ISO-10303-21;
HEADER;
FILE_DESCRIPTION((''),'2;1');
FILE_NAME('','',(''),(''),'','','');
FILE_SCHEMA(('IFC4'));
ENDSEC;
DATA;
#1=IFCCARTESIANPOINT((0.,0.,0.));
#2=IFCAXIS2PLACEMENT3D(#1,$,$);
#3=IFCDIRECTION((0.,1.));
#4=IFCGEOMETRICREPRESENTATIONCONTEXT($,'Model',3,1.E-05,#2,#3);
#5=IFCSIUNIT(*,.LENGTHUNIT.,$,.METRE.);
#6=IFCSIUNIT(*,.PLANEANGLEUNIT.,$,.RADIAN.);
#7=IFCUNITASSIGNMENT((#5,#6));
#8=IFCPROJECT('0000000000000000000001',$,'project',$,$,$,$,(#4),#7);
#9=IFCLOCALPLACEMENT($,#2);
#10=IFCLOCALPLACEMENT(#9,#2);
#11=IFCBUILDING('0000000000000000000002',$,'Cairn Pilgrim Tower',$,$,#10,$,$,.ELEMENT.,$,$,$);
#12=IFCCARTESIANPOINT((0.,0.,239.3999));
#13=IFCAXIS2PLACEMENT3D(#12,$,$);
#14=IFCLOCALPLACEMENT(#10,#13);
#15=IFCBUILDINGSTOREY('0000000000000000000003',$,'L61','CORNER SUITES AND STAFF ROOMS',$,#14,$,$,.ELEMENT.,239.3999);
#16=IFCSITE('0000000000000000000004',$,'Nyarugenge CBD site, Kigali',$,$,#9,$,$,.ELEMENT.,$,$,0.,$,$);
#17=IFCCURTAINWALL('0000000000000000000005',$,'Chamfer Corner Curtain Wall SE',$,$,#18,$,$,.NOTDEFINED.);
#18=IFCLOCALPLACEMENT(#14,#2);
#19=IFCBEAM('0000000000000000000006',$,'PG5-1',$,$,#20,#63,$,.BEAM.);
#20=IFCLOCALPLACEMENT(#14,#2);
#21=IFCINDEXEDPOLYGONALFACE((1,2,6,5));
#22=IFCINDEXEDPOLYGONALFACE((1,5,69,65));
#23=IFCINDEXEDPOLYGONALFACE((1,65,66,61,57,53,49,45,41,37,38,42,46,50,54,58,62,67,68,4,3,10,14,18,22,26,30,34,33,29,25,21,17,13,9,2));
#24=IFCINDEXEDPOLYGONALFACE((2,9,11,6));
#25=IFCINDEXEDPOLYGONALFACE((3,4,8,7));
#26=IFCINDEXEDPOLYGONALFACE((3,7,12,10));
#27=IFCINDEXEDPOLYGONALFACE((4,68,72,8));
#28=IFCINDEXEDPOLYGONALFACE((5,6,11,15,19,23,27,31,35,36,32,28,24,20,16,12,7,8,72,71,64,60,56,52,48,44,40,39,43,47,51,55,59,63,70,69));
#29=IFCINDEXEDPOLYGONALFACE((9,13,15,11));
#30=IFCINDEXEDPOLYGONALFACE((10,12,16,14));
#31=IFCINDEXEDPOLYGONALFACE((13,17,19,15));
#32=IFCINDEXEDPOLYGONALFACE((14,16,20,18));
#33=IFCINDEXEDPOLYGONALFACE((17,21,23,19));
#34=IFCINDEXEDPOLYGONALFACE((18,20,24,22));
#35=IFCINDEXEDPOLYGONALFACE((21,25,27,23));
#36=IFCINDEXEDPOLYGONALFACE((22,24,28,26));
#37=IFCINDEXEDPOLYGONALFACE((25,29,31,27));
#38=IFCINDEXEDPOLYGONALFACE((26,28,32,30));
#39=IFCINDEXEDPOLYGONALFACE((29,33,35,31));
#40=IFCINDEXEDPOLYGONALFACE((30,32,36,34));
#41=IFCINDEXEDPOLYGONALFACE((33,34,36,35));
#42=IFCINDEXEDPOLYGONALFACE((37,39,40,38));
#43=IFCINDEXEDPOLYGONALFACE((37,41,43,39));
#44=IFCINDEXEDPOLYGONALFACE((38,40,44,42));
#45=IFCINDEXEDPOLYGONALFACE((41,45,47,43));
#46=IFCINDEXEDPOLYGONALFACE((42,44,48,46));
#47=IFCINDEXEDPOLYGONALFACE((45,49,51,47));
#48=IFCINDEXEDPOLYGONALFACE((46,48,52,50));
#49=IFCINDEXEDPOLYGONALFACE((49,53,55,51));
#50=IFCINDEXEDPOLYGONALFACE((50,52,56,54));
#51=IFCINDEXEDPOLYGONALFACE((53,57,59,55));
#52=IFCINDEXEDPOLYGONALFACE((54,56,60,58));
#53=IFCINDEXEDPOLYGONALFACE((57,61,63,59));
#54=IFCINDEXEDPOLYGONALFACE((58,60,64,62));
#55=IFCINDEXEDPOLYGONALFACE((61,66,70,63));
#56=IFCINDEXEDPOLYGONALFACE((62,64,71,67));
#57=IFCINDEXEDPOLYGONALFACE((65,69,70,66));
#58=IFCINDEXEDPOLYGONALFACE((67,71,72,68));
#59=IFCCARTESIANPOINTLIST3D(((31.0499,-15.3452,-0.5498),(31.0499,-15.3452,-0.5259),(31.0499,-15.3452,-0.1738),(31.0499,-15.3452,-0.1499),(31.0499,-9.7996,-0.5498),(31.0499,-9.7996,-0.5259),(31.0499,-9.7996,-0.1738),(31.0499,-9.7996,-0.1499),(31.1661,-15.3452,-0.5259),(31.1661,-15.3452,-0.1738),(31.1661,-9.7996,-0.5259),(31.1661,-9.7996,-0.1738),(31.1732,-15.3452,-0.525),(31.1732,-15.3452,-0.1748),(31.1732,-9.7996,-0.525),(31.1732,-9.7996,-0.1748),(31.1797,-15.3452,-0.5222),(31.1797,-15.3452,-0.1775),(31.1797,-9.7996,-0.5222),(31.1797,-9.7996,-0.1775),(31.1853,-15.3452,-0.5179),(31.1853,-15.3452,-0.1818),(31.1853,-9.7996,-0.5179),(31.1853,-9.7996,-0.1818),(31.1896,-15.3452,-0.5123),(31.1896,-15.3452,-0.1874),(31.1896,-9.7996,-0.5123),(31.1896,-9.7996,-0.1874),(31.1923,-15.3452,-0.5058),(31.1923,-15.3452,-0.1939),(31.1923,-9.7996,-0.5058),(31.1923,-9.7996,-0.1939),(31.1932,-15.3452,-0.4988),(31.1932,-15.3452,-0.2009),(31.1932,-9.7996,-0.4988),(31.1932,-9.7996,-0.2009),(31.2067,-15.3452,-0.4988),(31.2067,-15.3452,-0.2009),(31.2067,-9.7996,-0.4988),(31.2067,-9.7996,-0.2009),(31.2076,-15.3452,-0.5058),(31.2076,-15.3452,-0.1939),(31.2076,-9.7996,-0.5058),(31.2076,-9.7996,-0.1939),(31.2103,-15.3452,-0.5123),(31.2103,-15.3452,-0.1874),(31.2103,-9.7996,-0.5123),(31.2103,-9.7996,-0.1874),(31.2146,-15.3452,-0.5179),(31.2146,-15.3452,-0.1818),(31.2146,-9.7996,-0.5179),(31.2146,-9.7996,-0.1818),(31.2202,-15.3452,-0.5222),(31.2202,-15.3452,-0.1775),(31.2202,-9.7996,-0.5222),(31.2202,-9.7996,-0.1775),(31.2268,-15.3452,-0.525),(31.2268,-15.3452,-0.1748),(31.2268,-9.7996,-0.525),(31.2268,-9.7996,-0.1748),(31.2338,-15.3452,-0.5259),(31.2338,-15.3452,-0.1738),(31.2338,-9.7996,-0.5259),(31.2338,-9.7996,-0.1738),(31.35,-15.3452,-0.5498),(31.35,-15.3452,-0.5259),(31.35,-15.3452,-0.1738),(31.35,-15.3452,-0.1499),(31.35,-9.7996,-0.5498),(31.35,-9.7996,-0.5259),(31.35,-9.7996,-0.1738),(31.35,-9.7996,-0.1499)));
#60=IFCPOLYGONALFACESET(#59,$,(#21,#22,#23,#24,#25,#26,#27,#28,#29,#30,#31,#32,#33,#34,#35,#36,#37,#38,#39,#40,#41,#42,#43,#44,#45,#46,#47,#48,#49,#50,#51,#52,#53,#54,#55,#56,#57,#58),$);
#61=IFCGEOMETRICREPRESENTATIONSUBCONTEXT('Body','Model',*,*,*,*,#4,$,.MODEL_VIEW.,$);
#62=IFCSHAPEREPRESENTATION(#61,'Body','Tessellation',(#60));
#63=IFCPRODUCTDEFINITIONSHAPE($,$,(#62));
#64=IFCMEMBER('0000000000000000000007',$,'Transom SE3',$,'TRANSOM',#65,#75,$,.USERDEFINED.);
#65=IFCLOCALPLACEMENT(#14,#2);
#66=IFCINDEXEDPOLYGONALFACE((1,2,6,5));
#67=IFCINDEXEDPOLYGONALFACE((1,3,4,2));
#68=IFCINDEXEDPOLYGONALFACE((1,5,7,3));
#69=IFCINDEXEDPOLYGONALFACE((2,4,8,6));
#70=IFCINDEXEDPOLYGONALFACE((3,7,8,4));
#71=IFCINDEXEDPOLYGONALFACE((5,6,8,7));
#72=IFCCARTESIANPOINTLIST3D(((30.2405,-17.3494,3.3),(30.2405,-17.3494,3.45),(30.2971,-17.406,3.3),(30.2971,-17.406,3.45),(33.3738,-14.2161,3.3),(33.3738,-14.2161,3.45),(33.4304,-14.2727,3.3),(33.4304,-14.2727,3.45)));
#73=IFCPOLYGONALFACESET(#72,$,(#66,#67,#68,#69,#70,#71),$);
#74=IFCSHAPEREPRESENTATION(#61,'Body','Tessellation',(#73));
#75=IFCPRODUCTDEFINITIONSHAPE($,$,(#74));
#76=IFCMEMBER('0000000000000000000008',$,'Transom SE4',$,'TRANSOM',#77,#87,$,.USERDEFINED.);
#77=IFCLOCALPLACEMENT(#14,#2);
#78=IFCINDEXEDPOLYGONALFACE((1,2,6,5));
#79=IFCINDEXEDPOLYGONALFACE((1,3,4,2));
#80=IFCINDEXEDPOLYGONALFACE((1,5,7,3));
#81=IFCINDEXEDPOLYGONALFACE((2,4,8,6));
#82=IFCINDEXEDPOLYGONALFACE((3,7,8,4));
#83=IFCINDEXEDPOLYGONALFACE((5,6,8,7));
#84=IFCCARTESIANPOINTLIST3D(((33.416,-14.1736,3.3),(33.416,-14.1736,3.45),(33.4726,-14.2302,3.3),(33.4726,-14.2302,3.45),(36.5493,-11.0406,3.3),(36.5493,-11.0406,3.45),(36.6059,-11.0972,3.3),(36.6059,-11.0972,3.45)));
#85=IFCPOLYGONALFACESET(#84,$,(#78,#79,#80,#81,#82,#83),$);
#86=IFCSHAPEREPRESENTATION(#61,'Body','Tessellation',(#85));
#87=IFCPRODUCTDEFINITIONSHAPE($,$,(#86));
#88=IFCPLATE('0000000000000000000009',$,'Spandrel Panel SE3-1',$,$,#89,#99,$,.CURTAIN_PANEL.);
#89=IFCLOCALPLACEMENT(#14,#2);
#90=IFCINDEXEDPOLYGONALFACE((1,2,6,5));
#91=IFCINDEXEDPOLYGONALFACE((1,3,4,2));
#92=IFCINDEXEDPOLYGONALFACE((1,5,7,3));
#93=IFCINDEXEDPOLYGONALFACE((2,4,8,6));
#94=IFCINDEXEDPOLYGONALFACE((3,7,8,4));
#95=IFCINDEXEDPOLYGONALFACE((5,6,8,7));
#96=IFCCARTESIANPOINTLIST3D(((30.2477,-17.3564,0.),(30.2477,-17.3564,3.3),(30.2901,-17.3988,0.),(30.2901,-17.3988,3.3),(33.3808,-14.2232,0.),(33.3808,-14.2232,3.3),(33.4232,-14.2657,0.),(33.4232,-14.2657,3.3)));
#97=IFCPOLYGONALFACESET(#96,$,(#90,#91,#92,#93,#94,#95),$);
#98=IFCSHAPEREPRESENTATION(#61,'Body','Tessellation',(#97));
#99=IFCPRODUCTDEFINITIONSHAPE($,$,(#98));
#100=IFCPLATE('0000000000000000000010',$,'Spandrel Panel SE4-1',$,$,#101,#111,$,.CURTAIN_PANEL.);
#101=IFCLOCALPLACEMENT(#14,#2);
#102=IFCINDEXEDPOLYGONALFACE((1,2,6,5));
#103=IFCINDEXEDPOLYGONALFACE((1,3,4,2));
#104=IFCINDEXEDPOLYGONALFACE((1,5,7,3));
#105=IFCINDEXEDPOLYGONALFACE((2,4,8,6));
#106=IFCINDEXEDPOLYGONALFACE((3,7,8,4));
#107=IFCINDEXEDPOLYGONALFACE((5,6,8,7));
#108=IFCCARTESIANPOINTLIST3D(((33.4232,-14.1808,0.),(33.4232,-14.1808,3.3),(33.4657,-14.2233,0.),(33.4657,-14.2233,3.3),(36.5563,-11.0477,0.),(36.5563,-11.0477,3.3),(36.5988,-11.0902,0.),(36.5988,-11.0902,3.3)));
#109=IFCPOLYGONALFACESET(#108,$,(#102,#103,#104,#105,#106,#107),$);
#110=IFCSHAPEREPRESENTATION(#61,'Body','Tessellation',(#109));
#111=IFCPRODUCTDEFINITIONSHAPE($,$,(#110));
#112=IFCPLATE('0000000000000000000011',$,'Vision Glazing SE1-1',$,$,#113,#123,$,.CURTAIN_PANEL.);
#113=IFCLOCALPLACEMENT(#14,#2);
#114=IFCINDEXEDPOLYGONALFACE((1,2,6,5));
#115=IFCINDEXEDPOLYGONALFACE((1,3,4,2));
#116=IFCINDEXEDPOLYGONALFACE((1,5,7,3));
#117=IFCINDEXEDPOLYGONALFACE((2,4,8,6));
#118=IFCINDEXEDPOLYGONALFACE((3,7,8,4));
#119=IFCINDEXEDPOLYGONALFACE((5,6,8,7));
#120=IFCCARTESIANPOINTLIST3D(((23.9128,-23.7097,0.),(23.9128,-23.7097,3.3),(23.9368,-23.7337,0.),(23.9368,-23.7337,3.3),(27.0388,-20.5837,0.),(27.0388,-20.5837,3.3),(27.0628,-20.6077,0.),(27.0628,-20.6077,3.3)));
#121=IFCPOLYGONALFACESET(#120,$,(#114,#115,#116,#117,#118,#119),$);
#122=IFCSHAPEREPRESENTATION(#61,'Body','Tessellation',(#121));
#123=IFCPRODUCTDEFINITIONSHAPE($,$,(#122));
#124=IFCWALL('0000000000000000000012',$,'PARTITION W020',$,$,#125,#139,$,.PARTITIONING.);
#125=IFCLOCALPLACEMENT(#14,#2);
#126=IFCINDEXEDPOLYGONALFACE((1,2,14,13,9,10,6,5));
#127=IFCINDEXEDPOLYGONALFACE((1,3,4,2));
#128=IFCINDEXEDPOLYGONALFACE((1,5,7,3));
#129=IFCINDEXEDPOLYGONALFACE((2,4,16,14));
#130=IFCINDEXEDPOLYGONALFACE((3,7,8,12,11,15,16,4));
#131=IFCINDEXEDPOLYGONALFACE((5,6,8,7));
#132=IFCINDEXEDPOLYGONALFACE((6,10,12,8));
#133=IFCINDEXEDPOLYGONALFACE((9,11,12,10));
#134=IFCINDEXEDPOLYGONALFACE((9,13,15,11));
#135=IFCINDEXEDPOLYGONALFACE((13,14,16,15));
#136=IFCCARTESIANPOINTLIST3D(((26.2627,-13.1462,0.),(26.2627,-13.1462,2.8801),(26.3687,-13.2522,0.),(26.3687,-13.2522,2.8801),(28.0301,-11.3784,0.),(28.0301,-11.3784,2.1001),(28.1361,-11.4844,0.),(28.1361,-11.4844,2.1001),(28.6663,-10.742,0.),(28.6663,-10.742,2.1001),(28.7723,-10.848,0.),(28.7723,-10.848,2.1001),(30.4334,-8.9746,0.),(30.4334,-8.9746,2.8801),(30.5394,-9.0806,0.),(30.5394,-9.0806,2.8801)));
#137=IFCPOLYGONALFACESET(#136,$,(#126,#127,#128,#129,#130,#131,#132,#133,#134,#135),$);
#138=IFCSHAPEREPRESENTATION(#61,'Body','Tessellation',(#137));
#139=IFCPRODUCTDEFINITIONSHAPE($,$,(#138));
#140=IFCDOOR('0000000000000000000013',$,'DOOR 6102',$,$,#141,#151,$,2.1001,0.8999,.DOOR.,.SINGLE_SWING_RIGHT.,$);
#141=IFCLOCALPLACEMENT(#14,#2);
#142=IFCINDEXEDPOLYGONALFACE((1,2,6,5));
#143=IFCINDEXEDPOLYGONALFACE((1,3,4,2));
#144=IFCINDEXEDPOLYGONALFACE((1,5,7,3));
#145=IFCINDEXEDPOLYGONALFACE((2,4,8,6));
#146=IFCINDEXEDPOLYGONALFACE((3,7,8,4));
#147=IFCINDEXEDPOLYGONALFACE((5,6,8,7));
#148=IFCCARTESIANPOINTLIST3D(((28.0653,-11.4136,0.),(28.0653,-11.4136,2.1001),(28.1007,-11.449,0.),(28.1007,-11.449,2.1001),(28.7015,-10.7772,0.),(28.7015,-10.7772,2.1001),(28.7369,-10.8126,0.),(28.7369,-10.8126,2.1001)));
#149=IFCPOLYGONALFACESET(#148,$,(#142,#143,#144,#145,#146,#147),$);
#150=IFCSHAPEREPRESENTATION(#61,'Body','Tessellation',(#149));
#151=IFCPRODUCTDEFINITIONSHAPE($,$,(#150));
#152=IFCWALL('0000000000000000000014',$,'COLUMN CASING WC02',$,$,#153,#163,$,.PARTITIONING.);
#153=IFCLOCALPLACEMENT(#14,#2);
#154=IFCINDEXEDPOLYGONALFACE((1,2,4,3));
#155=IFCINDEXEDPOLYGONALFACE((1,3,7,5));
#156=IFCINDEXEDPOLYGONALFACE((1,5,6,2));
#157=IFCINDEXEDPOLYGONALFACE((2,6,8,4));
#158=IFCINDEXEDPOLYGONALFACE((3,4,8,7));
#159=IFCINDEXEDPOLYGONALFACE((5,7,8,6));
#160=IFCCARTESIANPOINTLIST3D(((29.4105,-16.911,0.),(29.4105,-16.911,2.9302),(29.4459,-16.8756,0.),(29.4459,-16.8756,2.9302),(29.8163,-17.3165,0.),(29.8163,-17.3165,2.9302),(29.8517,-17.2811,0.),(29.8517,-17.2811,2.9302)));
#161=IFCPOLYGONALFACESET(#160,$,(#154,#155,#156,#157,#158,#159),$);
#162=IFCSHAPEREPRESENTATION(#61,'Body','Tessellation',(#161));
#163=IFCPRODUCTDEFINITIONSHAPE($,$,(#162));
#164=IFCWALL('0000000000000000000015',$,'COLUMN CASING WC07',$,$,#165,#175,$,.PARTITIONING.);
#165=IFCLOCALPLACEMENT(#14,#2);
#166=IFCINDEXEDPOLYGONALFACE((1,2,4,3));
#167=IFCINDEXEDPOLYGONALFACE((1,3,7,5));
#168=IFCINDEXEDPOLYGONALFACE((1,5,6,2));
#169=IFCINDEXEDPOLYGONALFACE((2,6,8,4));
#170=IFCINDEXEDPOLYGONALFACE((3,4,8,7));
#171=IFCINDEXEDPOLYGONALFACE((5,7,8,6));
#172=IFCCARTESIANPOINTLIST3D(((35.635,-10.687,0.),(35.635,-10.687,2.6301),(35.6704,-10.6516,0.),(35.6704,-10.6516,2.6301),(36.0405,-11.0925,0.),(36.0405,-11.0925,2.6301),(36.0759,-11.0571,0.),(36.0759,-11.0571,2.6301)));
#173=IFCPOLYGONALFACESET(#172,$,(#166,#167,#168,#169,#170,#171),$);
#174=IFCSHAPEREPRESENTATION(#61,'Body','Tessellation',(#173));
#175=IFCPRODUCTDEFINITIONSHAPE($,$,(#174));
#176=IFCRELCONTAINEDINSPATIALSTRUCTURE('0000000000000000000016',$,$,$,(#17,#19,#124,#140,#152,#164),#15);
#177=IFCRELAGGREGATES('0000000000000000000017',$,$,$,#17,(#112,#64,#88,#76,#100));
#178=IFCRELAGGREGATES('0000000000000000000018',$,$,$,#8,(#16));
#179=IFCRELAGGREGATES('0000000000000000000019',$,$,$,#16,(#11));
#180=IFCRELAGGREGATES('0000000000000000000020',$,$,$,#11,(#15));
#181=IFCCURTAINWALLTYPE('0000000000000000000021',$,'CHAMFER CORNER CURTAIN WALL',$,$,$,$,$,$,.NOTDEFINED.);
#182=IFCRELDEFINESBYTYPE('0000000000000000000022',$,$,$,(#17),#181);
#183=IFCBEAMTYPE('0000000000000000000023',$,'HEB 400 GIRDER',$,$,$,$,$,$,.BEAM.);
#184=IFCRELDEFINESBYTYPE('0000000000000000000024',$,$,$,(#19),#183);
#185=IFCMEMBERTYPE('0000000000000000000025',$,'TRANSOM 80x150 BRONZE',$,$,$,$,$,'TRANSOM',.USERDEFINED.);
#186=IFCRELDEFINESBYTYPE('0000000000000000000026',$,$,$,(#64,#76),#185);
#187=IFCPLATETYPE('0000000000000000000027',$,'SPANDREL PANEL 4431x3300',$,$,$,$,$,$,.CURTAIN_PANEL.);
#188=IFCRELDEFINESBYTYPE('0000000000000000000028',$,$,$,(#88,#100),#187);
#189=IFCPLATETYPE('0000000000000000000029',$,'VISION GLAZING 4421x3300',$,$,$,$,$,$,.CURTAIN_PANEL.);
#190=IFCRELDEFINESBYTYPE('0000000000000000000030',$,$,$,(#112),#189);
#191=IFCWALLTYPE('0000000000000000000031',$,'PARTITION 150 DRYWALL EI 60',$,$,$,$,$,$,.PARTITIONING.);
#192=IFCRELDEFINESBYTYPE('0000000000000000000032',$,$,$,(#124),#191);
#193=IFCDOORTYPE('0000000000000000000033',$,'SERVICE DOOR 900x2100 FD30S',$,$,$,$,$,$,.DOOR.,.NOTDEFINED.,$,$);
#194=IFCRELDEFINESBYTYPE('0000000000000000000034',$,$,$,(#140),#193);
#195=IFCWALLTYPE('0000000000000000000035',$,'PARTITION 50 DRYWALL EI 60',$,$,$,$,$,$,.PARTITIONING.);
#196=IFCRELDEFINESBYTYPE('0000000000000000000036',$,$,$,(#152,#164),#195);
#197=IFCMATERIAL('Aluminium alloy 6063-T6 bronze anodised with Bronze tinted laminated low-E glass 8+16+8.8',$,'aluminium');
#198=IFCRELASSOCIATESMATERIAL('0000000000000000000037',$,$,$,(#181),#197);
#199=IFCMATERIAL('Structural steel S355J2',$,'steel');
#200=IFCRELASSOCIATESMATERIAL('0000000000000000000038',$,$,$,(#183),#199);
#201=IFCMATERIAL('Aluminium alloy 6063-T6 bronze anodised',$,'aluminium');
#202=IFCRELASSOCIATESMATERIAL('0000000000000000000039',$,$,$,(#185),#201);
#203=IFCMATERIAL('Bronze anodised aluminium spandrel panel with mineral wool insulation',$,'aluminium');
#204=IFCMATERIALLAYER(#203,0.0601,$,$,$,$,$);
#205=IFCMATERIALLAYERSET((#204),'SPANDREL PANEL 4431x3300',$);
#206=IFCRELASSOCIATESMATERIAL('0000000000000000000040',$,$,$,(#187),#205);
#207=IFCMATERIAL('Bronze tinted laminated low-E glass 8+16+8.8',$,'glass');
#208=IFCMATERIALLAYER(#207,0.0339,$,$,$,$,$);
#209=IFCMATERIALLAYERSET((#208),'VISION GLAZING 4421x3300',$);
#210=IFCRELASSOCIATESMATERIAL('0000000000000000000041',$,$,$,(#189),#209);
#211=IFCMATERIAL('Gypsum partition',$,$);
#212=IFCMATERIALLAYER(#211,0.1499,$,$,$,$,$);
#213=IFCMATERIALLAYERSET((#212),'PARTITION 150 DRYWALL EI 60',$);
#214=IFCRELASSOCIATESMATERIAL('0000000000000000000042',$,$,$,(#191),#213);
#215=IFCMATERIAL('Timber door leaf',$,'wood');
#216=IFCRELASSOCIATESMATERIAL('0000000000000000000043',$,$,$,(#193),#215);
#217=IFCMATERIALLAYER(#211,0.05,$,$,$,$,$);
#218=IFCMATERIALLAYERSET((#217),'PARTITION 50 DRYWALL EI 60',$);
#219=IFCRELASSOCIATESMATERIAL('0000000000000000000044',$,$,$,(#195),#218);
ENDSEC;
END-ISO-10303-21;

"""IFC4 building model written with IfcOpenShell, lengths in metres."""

from ifc_helpers import new_model, si_unit, direction, frame, frame_2d, origin, origin_2d, place, context, subcontext, project, spatial, rectangle, i_section, extrude, material, layer, layer_set, material_profile, profile_set, type_object, element, fill, aggregate, save


model = new_model("IFC4")

# Units and contexts
model_context = context("Model", 3, precision=1e-05, world=origin(), true_north=direction((0.0, 1.0)))
body_context = subcontext(model_context, "Body", "Model", "MODEL_VIEW")
ifc_project = project(units=[si_unit("LENGTHUNIT", "METRE"), si_unit("PLANEANGLEUNIT", "RADIAN")], contexts=[model_context])

# Site, building, storey
site_placement = place(None, origin())
site = spatial("IfcSite", under=ifc_project, at=site_placement, Name="Nyarugenge CBD site, Kigali", CompositionType="ELEMENT", RefElevation=0.0)
building_placement = place(site_placement, origin())
building = spatial("IfcBuilding", under=site, at=building_placement, Name="Cairn Pilgrim Tower", CompositionType="ELEMENT")
storey_placement = place(building_placement, frame((0.0, 0.0, 239.3999)))
storey = spatial("IfcBuildingStorey", under=building, at=storey_placement, Name="L61", Description="CORNER SUITES AND STAFF ROOMS", CompositionType="ELEMENT", Elevation=239.3999)

# Shared definitions
ifc_material_1 = material(Name="Structural steel S355J2", Category="steel")

# Curtain wall
ifc_material_2 = material(Name="Aluminium alloy 6063-T6 bronze anodised with Bronze tinted laminated low-E glass 8+16+8.8", Category="aluminium")
curtain_wall_type = type_object("IfcCurtainWallType", Name="CHAMFER CORNER CURTAIN WALL", PredefinedType="NOTDEFINED", material=ifc_material_2)
curtain_wall_placement = place(storey_placement, origin())
curtain_wall = element("IfcCurtainWall", 1, at=curtain_wall_placement, inside=storey, type_object=curtain_wall_type, Name="Chamfer Corner Curtain Wall SE", PredefinedType="NOTDEFINED")
ifc_material_3 = material(Name="Aluminium alloy 6063-T6 bronze anodised", Category="aluminium")

# Beam
ifc_material_profile_1 = material_profile(ifc_material_1, i_section(OverallWidth=0.3, OverallDepth=0.3999, WebThickness=0.0134, FlangeThickness=0.0239, FilletRadius=0.0271, at=origin_2d()), Name="HEB 400")
ifc_profile_set_1 = profile_set([ifc_material_profile_1], Name="Structural steel S355J2")
beam_type_1 = type_object("IfcBeamType", Name="HEB 400 GIRDER", PredefinedType="BEAM", material=ifc_profile_set_1)
beam_placement = place(storey_placement, frame((31.2, -15.3452, -0.3499), z_axis=(0.0, 1.0, 0.0), x_axis=(-1.0, 0.0, 0.0)))
element("IfcBeam", 2, at=beam_placement, inside=storey, type_object=beam_type_1, Name="PG5-1", PredefinedType="BEAM", context=body_context, shape_type="SweptSolid", body=[
    extrude(i_section(OverallWidth=0.3, OverallDepth=0.3999, WebThickness=0.0134, FlangeThickness=0.0239, FilletRadius=0.0271, at=origin_2d()), origin(), (0.0, 0.0, 1.0), 5.5457),
])

# Members
ifc_material_profile_2 = material_profile(ifc_material_3, rectangle(XDim=0.0801, YDim=0.1499, at=origin_2d()), Name="TRANSOM 80x150 BRONZE")
ifc_profile_set_2 = profile_set([ifc_material_profile_2], Name="Aluminium alloy 6063-T6 bronze anodised")
member_type_1 = type_object("IfcMemberType", Name="TRANSOM 80x150 BRONZE", ElementType="TRANSOM", PredefinedType="USERDEFINED", material=ifc_profile_set_2)
member_1_placement = place(storey_placement, frame((30.2688, -17.3777, 3.375), z_axis=(0.707107, 0.707107, 0.0), x_axis=(-0.707107, 0.707107, 0.0)))
member_1 = element("IfcMember", 3, at=member_1_placement, type_object=member_type_1, Name="Transom SE3", ObjectType="TRANSOM", PredefinedType="USERDEFINED", context=body_context, shape_type="SweptSolid", body=[
    extrude(rectangle(XDim=0.0801, YDim=0.1499, at=origin_2d()), origin(), (0.0, 0.0, 1.0), 4.4312),
])
member_2_placement = place(storey_placement, frame((33.4443, -14.2019, 3.375), z_axis=(0.707134, 0.707079, 0.0), x_axis=(-0.707079, 0.707134, 0.0)))
member_2 = element("IfcMember", 4, at=member_2_placement, type_object=member_type_1, Name="Transom SE4", ObjectType="TRANSOM", PredefinedType="USERDEFINED", context=body_context, shape_type="SweptSolid", body=[
    extrude(rectangle(XDim=0.0801, YDim=0.1499, at=origin_2d()), origin(), (0.0, 0.0, 1.0), 4.4309),
])

# Plates
ifc_material_4 = material(Name="Bronze anodised aluminium spandrel panel with mineral wool insulation", Category="aluminium")
ifc_layer_1 = layer(ifc_material_4, 0.0601)
ifc_layer_set_1 = layer_set([ifc_layer_1], Name="SPANDREL PANEL 4431x3300")
plate_type_1 = type_object("IfcPlateType", Name="SPANDREL PANEL 4431x3300", PredefinedType="CURTAIN_PANEL", material=ifc_layer_set_1)
plate_1_placement = place(storey_placement, frame((31.8354, -15.811, 0.0), z_axis=(0.0, 0.0, 1.0), x_axis=(0.707107, 0.707107, 0.0)))
plate_1 = element("IfcPlate", 5, at=plate_1_placement, type_object=plate_type_1, Name="Spandrel Panel SE3-1", PredefinedType="CURTAIN_PANEL", context=body_context, shape_type="SweptSolid", body=[
    extrude(rectangle(XDim=4.4309, YDim=0.0601, at=origin_2d()), origin(), (0.0, 0.0, 1.0), 3.3),
])
plate_2_placement = place(storey_placement, frame((35.011, -12.6355, 0.0), z_axis=(0.0, 0.0, 1.0), x_axis=(0.707107, 0.707107, 0.0)))
plate_2 = element("IfcPlate", 6, at=plate_2_placement, type_object=plate_type_1, Name="Spandrel Panel SE4-1", PredefinedType="CURTAIN_PANEL", context=body_context, shape_type="SweptSolid", body=[
    extrude(rectangle(XDim=4.4309, YDim=0.0601, at=origin_2d()), origin(), (0.0, 0.0, 1.0), 3.3),
])
ifc_material_5 = material(Name="Bronze tinted laminated low-E glass 8+16+8.8", Category="glass")
ifc_layer_2 = layer(ifc_material_5, 0.0339)
ifc_layer_set_2 = layer_set([ifc_layer_2], Name="VISION GLAZING 4421x3300")
plate_type_2 = type_object("IfcPlateType", Name="VISION GLAZING 4421x3300", PredefinedType="CURTAIN_PANEL", material=ifc_layer_set_2)
plate_3_placement = place(storey_placement, frame((25.4878, -22.1587, 0.0), z_axis=(0.0, 0.0, 1.0), x_axis=(0.707107, 0.707107, 0.0)))
plate_3 = element("IfcPlate", 7, at=plate_3_placement, type_object=plate_type_2, Name="Vision Glazing SE1-1", PredefinedType="CURTAIN_PANEL", context=body_context, shape_type="SweptSolid", body=[
    extrude(rectangle(XDim=4.4209, YDim=0.0339, at=origin_2d()), origin(), (0.0, 0.0, 1.0), 3.3),
])
aggregate(curtain_wall, [plate_3, member_1, plate_1, member_2, plate_2])

# Wall, opening, door
ifc_material_6 = material(Name="Gypsum partition")
ifc_layer_3 = layer(ifc_material_6, 0.1499)
ifc_layer_set_3 = layer_set([ifc_layer_3], Name="PARTITION 150 DRYWALL EI 60")
wall_type_1 = type_object("IfcWallType", Name="PARTITION 150 DRYWALL EI 60", PredefinedType="PARTITIONING", material=ifc_layer_set_3)
wall_1_placement = place(storey_placement, frame((26.3157, -13.1992, 0.0), z_axis=(0.0, 0.0, 1.0), x_axis=(0.707024, 0.70719, 0.0)))
wall_1 = element("IfcWall", 8, at=wall_1_placement, inside=storey, type_object=wall_type_1, Name="PARTITION W020", PredefinedType="PARTITIONING", context=body_context, shape_type="SweptSolid", body=[
    extrude(rectangle(XDim=5.8989, YDim=0.1499, at=frame_2d((2.9495, 0.0))), origin(), (0.0, 0.0, 1.0), 2.8801),
])
opening_1_placement = place(wall_1_placement, frame((2.4998, 0.0, 0.0)))
opening_1 = element("IfcOpeningElement", 9, at=opening_1_placement, cuts=wall_1, PredefinedType="OPENING", context=body_context, shape_type="SweptSolid", body=[
    extrude(rectangle(XDim=0.8999, YDim=2.1001, at=frame_2d((0.45, 1.05))), frame((0.0, 0.085, 0.0), z_axis=(0.0, -1.0, 0.0), x_axis=(1.0, 0.0, 0.0)), (0.0, 0.0, 1.0), 0.1699),
])
ifc_material_7 = material(Name="Timber door leaf", Category="wood")
door_type_1 = type_object("IfcDoorType", Name="SERVICE DOOR 900x2100 FD30S", OperationType="NOTDEFINED", PredefinedType="DOOR", material=ifc_material_7)
door_1_placement = place(opening_1_placement, frame((0.8999, 0.0, 0.0), z_axis=(0.0, 0.0, 1.0), x_axis=(-1.0, 0.0, 0.0)))
door_1 = element("IfcDoor", 10, at=door_1_placement, inside=storey, type_object=door_type_1, Name="DOOR 6102", OperationType="SINGLE_SWING_RIGHT", OverallHeight=2.1001, OverallWidth=0.8999, PredefinedType="DOOR", context=body_context, shape_type="SweptSolid", body=[
    extrude(rectangle(XDim=0.8999, YDim=2.1001, at=frame_2d((0.45, 1.05))), frame((0.0, 0.0249, 0.0), z_axis=(0.0, -1.0, 0.0), x_axis=(1.0, 0.0, 0.0)), (0.0, 0.0, 1.0), 0.05),
])
fill(opening_1, door_1)

# Walls
ifc_layer_4 = layer(ifc_material_6, 0.05)
ifc_layer_set_4 = layer_set([ifc_layer_4], Name="PARTITION 50 DRYWALL EI 60")
wall_type_2 = type_object("IfcWallType", Name="PARTITION 50 DRYWALL EI 60", PredefinedType="PARTITIONING", material=ifc_layer_set_4)
wall_2_placement = place(storey_placement, frame((29.834, -17.2988, 0.0), z_axis=(0.0, 0.0, 1.0), x_axis=(-0.70732, 0.706894, 0.0)))
element("IfcWall", 11, at=wall_2_placement, inside=storey, type_object=wall_type_2, Name="COLUMN CASING WC02", PredefinedType="PARTITIONING", context=body_context, shape_type="SweptSolid", body=[
    extrude(rectangle(XDim=0.5737, YDim=0.05, at=frame_2d((0.2869, 0.0))), origin(), (0.0, 0.0, 1.0), 2.9302),
])
wall_3_placement = place(storey_placement, frame((36.0581, -11.0747, 0.0), z_axis=(0.0, 0.0, 1.0), x_axis=(-0.707107, 0.707107, 0.0)))
element("IfcWall", 12, at=wall_3_placement, inside=storey, type_object=wall_type_2, Name="COLUMN CASING WC07", PredefinedType="PARTITIONING", context=body_context, shape_type="SweptSolid", body=[
    extrude(rectangle(XDim=0.5735, YDim=0.05, at=frame_2d((0.2866, 0.0))), origin(), (0.0, 0.0, 1.0), 2.6301),
])

save(model, "model.ifc")
